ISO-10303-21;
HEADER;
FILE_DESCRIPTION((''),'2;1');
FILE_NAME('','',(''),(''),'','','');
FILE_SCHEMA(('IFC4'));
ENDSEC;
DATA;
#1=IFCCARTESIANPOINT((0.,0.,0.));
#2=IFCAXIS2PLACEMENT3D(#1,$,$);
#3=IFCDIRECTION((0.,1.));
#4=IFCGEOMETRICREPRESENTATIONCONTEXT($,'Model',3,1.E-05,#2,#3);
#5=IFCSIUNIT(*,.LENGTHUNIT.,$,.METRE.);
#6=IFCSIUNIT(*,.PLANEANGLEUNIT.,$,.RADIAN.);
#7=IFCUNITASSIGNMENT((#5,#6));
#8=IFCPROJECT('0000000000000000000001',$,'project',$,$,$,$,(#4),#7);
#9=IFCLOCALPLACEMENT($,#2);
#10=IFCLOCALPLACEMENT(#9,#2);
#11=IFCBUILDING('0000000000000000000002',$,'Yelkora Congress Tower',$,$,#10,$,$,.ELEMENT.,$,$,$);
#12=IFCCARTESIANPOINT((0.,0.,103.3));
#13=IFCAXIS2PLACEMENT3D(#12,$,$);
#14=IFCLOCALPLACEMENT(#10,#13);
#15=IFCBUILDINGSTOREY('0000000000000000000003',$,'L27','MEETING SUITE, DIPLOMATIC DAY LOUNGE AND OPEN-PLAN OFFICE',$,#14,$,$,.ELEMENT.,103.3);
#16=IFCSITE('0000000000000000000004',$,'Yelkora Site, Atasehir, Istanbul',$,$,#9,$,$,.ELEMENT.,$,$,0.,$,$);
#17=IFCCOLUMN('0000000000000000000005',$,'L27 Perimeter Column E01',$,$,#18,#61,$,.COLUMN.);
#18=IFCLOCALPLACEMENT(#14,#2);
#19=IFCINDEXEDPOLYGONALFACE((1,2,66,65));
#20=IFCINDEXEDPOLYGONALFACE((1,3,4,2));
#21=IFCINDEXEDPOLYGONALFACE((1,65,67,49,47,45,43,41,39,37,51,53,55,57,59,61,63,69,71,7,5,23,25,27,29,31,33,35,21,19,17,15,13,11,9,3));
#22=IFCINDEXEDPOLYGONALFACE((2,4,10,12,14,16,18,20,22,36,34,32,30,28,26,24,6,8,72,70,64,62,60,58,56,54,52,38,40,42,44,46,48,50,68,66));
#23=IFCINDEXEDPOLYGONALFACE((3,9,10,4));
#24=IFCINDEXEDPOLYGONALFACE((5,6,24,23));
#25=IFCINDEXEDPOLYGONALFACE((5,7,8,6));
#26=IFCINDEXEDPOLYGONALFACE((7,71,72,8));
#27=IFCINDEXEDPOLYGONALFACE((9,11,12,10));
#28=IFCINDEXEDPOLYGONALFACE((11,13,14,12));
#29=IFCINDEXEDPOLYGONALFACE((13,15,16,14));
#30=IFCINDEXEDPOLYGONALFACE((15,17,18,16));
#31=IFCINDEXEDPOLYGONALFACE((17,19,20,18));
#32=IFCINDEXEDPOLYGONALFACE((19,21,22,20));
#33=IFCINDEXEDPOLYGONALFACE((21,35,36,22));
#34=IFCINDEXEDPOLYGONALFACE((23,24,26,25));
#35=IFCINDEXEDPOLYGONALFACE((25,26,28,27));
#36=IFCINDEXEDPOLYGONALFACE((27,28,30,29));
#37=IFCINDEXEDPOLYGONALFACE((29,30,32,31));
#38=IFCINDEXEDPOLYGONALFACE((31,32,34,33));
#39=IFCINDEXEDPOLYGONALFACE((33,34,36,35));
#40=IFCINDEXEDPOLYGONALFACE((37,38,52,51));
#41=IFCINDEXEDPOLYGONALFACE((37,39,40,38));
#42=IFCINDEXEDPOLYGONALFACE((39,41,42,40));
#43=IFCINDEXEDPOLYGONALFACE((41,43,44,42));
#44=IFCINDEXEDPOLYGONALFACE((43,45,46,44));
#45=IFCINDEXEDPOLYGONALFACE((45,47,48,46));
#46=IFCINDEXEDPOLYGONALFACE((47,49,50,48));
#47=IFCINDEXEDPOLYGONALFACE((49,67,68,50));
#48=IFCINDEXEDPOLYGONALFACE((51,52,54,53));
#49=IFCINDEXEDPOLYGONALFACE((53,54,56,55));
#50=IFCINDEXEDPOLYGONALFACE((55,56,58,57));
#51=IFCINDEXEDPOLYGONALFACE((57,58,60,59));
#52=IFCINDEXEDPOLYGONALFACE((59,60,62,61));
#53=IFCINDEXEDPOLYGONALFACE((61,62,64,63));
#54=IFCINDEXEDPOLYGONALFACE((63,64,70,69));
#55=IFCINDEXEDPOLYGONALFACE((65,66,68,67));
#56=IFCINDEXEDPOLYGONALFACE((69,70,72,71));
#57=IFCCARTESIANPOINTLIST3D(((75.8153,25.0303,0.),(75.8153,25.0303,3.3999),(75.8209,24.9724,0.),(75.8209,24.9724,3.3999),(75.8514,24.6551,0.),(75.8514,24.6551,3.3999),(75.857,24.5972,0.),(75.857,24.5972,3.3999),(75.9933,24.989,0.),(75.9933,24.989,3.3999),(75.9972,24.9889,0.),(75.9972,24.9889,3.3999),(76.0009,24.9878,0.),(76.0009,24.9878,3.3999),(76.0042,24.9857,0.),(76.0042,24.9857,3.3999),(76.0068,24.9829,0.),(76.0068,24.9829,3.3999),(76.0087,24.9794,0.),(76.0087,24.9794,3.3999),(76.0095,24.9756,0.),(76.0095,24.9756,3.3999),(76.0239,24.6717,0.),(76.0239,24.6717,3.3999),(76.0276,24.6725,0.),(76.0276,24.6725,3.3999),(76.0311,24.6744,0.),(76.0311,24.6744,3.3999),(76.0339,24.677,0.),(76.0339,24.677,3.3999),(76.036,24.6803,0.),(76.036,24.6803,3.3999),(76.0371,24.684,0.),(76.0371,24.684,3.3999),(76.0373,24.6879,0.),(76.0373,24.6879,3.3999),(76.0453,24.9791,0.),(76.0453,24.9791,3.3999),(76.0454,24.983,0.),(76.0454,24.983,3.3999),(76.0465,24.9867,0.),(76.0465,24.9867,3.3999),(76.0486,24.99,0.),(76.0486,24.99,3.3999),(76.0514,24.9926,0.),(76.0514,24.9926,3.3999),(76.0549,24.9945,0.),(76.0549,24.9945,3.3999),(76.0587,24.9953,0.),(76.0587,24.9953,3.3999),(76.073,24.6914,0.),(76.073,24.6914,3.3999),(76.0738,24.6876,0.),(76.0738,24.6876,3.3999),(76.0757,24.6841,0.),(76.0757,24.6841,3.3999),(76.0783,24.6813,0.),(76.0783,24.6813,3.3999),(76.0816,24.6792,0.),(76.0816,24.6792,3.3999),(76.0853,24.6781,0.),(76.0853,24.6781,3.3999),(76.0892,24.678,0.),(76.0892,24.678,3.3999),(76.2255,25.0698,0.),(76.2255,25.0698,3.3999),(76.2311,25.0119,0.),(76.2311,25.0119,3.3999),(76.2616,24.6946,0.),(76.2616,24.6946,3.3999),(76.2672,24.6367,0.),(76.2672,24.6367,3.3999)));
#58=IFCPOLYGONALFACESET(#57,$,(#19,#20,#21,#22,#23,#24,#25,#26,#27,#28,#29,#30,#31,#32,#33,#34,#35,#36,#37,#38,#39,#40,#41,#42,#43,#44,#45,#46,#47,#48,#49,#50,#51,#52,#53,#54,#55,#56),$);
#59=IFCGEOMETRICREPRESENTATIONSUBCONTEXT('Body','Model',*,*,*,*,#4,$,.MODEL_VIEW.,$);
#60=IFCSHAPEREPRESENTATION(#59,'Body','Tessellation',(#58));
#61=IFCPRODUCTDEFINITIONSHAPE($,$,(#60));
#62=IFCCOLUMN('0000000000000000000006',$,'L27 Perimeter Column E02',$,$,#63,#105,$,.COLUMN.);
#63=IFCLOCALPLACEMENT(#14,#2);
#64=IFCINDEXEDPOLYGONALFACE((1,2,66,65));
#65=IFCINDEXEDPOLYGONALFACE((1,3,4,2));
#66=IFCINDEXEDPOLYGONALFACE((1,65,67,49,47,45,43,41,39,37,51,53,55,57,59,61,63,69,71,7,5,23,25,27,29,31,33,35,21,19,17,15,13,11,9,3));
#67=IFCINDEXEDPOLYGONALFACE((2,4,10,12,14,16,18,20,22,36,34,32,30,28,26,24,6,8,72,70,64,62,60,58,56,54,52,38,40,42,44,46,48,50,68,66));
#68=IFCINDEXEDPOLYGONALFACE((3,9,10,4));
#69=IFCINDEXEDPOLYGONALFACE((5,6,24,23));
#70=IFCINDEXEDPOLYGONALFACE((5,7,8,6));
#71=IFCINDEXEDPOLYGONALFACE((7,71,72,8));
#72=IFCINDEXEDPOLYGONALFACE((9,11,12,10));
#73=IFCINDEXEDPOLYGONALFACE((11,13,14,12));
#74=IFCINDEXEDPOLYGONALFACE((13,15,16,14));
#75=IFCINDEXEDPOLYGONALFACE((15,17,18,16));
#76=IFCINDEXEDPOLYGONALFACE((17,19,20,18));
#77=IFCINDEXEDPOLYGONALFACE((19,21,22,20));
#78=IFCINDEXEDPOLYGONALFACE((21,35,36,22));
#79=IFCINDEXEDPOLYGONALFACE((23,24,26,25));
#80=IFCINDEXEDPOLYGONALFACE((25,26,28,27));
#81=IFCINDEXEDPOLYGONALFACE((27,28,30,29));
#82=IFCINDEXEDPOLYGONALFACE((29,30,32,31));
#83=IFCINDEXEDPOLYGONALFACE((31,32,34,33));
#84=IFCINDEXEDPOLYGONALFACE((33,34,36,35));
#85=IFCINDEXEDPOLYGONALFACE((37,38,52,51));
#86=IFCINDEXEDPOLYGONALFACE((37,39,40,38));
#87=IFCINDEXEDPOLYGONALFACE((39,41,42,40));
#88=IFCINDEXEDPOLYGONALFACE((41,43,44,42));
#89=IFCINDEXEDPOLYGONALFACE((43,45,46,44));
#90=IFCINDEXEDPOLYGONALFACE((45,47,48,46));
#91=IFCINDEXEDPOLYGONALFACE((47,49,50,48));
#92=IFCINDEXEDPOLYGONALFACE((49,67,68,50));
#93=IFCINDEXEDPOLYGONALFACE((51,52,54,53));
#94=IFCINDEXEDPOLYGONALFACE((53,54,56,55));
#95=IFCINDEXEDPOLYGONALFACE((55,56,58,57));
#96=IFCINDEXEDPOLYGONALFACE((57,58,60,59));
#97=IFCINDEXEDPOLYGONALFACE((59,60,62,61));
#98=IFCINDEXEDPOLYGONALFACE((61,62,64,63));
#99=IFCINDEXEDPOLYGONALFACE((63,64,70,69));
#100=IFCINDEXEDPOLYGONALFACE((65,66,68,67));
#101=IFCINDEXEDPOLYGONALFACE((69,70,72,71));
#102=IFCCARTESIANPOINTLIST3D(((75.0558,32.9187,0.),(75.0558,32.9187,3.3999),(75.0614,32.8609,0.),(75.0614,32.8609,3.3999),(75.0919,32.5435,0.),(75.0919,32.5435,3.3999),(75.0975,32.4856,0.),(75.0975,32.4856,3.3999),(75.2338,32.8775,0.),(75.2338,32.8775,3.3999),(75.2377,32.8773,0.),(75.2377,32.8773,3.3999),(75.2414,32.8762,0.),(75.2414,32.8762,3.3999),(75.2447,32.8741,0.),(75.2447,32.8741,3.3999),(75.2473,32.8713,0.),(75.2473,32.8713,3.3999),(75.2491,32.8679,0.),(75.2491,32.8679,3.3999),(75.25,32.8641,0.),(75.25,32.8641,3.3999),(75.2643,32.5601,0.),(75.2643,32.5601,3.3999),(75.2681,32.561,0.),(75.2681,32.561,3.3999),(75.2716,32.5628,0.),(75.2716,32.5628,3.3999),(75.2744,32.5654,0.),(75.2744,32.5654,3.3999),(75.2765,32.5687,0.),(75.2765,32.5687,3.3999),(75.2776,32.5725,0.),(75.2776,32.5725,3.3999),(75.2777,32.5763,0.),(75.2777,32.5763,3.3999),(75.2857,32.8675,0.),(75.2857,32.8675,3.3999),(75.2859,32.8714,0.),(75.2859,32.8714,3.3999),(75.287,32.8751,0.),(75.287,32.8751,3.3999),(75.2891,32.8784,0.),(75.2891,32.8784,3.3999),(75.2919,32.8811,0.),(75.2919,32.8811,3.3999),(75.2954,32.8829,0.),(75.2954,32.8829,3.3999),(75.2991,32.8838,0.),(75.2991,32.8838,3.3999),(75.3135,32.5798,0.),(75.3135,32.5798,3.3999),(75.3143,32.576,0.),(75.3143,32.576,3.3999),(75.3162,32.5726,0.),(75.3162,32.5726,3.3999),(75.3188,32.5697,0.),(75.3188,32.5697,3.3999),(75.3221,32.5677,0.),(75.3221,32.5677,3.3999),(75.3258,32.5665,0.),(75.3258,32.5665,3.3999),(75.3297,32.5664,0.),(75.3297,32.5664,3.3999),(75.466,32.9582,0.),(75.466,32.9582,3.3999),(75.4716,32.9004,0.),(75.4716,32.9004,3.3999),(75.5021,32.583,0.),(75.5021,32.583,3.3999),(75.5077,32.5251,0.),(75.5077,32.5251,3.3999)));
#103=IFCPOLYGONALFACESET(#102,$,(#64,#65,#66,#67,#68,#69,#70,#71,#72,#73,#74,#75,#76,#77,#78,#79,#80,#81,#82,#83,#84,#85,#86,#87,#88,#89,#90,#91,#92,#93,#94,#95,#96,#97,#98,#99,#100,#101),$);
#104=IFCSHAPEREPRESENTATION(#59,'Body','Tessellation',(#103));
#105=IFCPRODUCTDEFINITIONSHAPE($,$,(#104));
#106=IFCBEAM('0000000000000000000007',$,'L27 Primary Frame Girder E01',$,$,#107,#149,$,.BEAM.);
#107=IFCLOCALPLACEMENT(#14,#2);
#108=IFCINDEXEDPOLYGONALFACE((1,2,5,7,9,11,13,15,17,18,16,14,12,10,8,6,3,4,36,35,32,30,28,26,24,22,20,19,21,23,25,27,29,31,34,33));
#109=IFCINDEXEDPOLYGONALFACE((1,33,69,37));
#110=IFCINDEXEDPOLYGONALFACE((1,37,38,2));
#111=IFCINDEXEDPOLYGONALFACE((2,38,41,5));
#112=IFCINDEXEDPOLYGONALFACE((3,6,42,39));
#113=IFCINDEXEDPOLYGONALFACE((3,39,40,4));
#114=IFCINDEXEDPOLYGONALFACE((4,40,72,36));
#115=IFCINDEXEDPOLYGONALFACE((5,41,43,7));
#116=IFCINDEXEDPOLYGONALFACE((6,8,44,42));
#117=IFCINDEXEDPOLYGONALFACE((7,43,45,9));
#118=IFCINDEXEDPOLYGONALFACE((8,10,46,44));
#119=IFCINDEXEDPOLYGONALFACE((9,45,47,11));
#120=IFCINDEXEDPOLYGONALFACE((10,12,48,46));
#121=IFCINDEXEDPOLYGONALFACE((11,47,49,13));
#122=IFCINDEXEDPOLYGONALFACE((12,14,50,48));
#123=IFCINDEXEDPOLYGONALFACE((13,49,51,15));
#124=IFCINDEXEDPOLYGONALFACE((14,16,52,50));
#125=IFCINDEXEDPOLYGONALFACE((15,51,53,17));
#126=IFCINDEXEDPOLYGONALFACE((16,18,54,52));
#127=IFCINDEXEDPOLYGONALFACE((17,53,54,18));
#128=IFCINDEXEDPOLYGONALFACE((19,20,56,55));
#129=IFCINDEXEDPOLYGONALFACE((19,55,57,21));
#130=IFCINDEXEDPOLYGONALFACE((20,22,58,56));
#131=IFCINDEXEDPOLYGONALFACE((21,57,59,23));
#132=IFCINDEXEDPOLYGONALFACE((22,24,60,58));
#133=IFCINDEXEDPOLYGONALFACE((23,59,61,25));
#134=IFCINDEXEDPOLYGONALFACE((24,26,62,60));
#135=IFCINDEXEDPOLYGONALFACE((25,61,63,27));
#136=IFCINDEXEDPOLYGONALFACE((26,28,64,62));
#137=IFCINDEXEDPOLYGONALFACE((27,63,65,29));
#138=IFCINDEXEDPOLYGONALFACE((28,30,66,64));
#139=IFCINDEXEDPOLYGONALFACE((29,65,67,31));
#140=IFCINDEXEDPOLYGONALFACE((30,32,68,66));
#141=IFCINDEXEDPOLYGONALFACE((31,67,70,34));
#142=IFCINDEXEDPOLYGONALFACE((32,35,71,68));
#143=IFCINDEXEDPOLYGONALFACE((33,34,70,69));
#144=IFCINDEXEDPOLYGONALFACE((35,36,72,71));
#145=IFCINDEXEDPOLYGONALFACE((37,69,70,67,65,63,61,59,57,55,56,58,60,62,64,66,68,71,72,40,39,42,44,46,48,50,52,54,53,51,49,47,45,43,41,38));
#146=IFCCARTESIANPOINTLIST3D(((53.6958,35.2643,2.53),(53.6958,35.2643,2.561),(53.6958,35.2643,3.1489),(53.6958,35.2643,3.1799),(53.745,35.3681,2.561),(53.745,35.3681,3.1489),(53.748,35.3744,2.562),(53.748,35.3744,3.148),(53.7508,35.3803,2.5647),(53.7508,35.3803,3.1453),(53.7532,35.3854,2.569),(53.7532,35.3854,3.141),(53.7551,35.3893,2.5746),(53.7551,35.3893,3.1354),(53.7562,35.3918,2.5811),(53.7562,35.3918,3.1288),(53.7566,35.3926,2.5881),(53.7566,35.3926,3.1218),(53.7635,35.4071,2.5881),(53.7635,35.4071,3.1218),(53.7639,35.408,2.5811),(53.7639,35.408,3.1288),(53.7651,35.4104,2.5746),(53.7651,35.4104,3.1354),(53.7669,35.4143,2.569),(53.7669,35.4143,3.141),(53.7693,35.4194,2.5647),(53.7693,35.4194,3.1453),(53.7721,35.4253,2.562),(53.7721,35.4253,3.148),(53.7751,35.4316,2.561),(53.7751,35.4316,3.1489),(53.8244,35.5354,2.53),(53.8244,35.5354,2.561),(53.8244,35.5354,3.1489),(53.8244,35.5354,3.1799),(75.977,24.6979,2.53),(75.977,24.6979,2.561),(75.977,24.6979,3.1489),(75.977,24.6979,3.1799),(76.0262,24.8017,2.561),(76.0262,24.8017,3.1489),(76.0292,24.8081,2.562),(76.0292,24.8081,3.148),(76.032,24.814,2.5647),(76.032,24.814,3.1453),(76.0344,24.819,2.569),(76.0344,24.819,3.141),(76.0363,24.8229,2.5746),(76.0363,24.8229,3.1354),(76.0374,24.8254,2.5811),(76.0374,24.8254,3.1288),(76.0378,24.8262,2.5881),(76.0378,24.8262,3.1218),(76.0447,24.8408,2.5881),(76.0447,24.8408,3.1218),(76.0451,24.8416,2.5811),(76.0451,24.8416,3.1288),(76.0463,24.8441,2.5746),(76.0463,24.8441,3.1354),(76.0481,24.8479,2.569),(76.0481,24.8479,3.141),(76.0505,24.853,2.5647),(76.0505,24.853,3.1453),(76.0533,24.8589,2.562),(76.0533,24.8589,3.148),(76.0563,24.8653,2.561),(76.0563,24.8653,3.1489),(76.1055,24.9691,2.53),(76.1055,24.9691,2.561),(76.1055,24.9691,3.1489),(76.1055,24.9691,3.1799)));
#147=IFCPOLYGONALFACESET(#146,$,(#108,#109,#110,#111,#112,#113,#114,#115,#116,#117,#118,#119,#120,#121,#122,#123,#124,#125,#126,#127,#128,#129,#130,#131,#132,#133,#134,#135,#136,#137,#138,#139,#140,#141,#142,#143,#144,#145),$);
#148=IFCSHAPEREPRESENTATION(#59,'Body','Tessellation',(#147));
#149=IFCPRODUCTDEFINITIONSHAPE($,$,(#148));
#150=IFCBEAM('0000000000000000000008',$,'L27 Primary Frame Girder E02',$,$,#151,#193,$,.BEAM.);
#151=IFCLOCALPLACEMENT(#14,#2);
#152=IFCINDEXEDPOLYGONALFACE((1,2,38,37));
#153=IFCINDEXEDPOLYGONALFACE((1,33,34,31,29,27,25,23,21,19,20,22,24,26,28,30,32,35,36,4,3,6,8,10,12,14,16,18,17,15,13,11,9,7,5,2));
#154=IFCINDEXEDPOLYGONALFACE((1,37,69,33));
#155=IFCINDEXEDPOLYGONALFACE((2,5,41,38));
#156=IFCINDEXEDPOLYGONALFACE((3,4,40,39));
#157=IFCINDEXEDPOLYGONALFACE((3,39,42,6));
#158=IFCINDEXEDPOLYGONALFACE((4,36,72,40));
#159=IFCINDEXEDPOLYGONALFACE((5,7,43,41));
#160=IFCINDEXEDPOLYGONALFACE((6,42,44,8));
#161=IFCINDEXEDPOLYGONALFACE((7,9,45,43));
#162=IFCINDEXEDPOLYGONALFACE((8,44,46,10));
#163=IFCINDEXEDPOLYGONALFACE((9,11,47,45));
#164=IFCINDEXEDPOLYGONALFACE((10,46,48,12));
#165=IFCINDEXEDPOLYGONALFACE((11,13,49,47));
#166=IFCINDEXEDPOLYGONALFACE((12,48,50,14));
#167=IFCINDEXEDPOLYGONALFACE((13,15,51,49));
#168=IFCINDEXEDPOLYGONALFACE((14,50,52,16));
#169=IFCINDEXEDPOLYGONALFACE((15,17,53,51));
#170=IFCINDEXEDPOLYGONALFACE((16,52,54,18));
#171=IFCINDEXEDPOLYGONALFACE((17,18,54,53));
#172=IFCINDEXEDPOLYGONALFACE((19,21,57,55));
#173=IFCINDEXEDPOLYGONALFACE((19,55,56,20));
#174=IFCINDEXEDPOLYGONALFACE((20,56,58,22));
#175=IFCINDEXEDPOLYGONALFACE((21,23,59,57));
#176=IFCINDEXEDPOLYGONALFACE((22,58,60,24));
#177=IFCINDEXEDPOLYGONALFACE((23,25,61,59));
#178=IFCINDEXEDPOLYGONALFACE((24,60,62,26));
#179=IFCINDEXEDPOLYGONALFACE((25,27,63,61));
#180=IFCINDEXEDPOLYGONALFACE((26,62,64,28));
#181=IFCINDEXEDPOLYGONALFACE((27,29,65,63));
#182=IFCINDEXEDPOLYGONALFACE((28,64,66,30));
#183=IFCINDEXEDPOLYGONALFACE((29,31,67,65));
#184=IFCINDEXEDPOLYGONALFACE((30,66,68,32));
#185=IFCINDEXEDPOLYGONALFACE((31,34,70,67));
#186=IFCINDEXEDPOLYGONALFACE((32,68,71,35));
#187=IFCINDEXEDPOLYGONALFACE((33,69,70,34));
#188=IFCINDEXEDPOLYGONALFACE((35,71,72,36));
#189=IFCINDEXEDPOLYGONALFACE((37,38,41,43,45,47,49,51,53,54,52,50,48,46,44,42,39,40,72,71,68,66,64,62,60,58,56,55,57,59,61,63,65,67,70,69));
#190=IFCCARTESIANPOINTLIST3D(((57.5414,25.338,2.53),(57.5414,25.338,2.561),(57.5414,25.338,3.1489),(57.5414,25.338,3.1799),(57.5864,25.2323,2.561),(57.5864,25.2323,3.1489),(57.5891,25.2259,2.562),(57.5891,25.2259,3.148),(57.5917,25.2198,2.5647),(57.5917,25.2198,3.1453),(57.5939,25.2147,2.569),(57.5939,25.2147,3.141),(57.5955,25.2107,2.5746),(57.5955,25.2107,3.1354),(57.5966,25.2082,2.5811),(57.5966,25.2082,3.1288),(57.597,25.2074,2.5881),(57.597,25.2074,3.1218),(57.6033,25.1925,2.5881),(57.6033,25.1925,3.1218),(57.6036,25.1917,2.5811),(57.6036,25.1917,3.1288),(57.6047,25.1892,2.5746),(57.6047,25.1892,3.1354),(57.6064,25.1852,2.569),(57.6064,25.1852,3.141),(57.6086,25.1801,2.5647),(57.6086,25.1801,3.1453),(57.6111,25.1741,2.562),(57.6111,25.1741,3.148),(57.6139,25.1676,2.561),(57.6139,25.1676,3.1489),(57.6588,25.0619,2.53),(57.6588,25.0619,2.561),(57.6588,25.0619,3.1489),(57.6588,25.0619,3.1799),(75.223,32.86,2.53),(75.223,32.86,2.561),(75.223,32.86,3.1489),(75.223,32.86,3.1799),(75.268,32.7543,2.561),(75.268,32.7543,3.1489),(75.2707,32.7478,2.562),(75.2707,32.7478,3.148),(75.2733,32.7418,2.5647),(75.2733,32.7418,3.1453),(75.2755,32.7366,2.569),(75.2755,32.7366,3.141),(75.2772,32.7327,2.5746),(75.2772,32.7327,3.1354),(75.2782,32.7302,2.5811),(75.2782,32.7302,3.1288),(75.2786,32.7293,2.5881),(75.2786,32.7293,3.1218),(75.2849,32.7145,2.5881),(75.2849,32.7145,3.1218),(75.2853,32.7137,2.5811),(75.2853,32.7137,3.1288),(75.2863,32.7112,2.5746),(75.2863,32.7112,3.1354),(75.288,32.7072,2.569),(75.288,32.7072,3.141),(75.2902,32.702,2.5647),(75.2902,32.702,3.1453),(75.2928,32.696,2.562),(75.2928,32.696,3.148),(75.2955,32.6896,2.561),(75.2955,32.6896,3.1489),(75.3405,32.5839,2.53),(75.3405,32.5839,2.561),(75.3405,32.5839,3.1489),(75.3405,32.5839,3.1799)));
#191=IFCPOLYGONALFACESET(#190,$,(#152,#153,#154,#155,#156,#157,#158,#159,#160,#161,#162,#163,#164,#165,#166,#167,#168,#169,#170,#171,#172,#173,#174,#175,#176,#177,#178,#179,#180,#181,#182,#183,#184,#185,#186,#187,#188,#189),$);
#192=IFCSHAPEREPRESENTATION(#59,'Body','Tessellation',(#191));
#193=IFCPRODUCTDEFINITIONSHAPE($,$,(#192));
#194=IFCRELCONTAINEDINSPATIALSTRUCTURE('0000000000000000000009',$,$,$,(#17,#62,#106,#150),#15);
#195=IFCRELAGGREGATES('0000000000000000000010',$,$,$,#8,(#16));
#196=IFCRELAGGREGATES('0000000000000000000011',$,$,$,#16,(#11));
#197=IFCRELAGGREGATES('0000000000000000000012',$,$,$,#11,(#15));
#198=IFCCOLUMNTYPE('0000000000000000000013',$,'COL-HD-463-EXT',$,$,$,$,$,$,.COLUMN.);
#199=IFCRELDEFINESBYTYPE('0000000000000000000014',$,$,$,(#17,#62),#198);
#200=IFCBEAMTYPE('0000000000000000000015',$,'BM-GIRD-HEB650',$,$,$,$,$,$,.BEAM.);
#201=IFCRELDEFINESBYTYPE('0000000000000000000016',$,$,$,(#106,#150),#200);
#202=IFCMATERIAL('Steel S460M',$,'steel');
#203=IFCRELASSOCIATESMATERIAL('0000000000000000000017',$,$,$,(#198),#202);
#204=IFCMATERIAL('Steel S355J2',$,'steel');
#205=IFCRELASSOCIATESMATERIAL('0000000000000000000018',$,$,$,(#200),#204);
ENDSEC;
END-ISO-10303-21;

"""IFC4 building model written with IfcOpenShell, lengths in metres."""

from ifc_helpers import new_model, si_unit, direction, frame, origin, origin_2d, place, context, subcontext, project, spatial, i_section, extrude, material, material_profile, profile_set, type_object, element, save


model = new_model("IFC4")

# Units and contexts
model_context = context("Model", 3, precision=1e-05, world=origin(), true_north=direction((0.0, 1.0)))
body_context = subcontext(model_context, "Body", "Model", "MODEL_VIEW")
ifc_project = project(units=[si_unit("LENGTHUNIT", "METRE"), si_unit("PLANEANGLEUNIT", "RADIAN")], contexts=[model_context])

# Site, building, storey
site_placement = place(None, origin())
site = spatial("IfcSite", under=ifc_project, at=site_placement, Name="Yelkora Site, Atasehir, Istanbul", CompositionType="ELEMENT", RefElevation=0.0)
building_placement = place(site_placement, origin())
building = spatial("IfcBuilding", under=site, at=building_placement, Name="Yelkora Congress Tower", CompositionType="ELEMENT")
storey_placement = place(building_placement, frame((0.0, 0.0, 103.3)))
storey = spatial("IfcBuildingStorey", under=building, at=storey_placement, Name="L27", Description="MEETING SUITE, DIPLOMATIC DAY LOUNGE AND OPEN-PLAN OFFICE", CompositionType="ELEMENT", Elevation=103.3)

# Columns
ifc_material_1 = material(Name="Steel S460M", Category="steel")
ifc_material_profile_1 = material_profile(ifc_material_1, i_section(OverallWidth=0.4121, OverallDepth=0.4351, WebThickness=0.0359, FlangeThickness=0.0581, FilletRadius=0.0149, at=origin_2d()), Name="HD 400x463")
ifc_profile_set_1 = profile_set([ifc_material_profile_1], Name="Steel S460M")
column_type = type_object("IfcColumnType", Name="COL-HD-463-EXT", PredefinedType="COLUMN", material=ifc_profile_set_1)
for number, where, z_axis, x_axis, name in (
    (1, (76.0413, 24.8335, 0.0), (0.0, 0.0, 1.0), (0.995396, 0.095846, 0.0), "L27 Perimeter Column E01"),
    (2, (75.2817, 32.7219, 0.0), (0.0, 0.0, 1.0), (0.995396, 0.095846, 0.0), "L27 Perimeter Column E02"),
):
    element("IfcColumn", number, at=place(storey_placement, frame(where, z_axis=z_axis, x_axis=x_axis)), inside=storey, type_object=column_type, Name=name, PredefinedType="COLUMN", context=body_context, shape_type="SweptSolid", body=[
        extrude(i_section(OverallWidth=0.4121, OverallDepth=0.4351, WebThickness=0.0359, FlangeThickness=0.0581, FilletRadius=0.0149, at=origin_2d()), origin(), (0.0, 0.0, 1.0), 3.3999),
    ])

# Beams
ifc_material_2 = material(Name="Steel S355J2", Category="steel")
ifc_material_profile_2 = material_profile(ifc_material_2, i_section(OverallWidth=0.3, OverallDepth=0.6499, WebThickness=0.0161, FlangeThickness=0.031, FilletRadius=0.0271, at=origin_2d()), Name="HEB 650")
ifc_profile_set_2 = profile_set([ifc_material_profile_2], Name="Steel S355J2")
beam_type_1 = type_object("IfcBeamType", Name="BM-GIRD-HEB650", PredefinedType="BEAM", material=ifc_profile_set_2)
beam_1_placement = place(storey_placement, frame((76.0413, 24.8335, 2.855), z_axis=(-0.903547, 0.428488, 0.0), x_axis=(-0.428488, -0.903547, 0.0)))
element("IfcBeam", 3, at=beam_1_placement, inside=storey, type_object=beam_type_1, Name="L27 Primary Frame Girder E01", PredefinedType="BEAM", context=body_context, shape_type="SweptSolid", body=[
    extrude(i_section(OverallWidth=0.3, OverallDepth=0.6499, WebThickness=0.0161, FlangeThickness=0.031, FilletRadius=0.0271, at=origin_2d()), origin(), (0.0, 0.0, 1.0), 24.6597),
])
beam_2_placement = place(storey_placement, frame((75.2817, 32.7219, 2.855), z_axis=(-0.920195, -0.391461, 0.0), x_axis=(0.391461, -0.920195, 0.0)))
element("IfcBeam", 4, at=beam_2_placement, inside=storey, type_object=beam_type_1, Name="L27 Primary Frame Girder E02", PredefinedType="BEAM", context=body_context, shape_type="SweptSolid", body=[
    extrude(i_section(OverallWidth=0.3, OverallDepth=0.6499, WebThickness=0.0161, FlangeThickness=0.031, FilletRadius=0.0271, at=origin_2d()), origin(), (0.0, 0.0, 1.0), 19.2151),
])

save(model, "model.ifc")
